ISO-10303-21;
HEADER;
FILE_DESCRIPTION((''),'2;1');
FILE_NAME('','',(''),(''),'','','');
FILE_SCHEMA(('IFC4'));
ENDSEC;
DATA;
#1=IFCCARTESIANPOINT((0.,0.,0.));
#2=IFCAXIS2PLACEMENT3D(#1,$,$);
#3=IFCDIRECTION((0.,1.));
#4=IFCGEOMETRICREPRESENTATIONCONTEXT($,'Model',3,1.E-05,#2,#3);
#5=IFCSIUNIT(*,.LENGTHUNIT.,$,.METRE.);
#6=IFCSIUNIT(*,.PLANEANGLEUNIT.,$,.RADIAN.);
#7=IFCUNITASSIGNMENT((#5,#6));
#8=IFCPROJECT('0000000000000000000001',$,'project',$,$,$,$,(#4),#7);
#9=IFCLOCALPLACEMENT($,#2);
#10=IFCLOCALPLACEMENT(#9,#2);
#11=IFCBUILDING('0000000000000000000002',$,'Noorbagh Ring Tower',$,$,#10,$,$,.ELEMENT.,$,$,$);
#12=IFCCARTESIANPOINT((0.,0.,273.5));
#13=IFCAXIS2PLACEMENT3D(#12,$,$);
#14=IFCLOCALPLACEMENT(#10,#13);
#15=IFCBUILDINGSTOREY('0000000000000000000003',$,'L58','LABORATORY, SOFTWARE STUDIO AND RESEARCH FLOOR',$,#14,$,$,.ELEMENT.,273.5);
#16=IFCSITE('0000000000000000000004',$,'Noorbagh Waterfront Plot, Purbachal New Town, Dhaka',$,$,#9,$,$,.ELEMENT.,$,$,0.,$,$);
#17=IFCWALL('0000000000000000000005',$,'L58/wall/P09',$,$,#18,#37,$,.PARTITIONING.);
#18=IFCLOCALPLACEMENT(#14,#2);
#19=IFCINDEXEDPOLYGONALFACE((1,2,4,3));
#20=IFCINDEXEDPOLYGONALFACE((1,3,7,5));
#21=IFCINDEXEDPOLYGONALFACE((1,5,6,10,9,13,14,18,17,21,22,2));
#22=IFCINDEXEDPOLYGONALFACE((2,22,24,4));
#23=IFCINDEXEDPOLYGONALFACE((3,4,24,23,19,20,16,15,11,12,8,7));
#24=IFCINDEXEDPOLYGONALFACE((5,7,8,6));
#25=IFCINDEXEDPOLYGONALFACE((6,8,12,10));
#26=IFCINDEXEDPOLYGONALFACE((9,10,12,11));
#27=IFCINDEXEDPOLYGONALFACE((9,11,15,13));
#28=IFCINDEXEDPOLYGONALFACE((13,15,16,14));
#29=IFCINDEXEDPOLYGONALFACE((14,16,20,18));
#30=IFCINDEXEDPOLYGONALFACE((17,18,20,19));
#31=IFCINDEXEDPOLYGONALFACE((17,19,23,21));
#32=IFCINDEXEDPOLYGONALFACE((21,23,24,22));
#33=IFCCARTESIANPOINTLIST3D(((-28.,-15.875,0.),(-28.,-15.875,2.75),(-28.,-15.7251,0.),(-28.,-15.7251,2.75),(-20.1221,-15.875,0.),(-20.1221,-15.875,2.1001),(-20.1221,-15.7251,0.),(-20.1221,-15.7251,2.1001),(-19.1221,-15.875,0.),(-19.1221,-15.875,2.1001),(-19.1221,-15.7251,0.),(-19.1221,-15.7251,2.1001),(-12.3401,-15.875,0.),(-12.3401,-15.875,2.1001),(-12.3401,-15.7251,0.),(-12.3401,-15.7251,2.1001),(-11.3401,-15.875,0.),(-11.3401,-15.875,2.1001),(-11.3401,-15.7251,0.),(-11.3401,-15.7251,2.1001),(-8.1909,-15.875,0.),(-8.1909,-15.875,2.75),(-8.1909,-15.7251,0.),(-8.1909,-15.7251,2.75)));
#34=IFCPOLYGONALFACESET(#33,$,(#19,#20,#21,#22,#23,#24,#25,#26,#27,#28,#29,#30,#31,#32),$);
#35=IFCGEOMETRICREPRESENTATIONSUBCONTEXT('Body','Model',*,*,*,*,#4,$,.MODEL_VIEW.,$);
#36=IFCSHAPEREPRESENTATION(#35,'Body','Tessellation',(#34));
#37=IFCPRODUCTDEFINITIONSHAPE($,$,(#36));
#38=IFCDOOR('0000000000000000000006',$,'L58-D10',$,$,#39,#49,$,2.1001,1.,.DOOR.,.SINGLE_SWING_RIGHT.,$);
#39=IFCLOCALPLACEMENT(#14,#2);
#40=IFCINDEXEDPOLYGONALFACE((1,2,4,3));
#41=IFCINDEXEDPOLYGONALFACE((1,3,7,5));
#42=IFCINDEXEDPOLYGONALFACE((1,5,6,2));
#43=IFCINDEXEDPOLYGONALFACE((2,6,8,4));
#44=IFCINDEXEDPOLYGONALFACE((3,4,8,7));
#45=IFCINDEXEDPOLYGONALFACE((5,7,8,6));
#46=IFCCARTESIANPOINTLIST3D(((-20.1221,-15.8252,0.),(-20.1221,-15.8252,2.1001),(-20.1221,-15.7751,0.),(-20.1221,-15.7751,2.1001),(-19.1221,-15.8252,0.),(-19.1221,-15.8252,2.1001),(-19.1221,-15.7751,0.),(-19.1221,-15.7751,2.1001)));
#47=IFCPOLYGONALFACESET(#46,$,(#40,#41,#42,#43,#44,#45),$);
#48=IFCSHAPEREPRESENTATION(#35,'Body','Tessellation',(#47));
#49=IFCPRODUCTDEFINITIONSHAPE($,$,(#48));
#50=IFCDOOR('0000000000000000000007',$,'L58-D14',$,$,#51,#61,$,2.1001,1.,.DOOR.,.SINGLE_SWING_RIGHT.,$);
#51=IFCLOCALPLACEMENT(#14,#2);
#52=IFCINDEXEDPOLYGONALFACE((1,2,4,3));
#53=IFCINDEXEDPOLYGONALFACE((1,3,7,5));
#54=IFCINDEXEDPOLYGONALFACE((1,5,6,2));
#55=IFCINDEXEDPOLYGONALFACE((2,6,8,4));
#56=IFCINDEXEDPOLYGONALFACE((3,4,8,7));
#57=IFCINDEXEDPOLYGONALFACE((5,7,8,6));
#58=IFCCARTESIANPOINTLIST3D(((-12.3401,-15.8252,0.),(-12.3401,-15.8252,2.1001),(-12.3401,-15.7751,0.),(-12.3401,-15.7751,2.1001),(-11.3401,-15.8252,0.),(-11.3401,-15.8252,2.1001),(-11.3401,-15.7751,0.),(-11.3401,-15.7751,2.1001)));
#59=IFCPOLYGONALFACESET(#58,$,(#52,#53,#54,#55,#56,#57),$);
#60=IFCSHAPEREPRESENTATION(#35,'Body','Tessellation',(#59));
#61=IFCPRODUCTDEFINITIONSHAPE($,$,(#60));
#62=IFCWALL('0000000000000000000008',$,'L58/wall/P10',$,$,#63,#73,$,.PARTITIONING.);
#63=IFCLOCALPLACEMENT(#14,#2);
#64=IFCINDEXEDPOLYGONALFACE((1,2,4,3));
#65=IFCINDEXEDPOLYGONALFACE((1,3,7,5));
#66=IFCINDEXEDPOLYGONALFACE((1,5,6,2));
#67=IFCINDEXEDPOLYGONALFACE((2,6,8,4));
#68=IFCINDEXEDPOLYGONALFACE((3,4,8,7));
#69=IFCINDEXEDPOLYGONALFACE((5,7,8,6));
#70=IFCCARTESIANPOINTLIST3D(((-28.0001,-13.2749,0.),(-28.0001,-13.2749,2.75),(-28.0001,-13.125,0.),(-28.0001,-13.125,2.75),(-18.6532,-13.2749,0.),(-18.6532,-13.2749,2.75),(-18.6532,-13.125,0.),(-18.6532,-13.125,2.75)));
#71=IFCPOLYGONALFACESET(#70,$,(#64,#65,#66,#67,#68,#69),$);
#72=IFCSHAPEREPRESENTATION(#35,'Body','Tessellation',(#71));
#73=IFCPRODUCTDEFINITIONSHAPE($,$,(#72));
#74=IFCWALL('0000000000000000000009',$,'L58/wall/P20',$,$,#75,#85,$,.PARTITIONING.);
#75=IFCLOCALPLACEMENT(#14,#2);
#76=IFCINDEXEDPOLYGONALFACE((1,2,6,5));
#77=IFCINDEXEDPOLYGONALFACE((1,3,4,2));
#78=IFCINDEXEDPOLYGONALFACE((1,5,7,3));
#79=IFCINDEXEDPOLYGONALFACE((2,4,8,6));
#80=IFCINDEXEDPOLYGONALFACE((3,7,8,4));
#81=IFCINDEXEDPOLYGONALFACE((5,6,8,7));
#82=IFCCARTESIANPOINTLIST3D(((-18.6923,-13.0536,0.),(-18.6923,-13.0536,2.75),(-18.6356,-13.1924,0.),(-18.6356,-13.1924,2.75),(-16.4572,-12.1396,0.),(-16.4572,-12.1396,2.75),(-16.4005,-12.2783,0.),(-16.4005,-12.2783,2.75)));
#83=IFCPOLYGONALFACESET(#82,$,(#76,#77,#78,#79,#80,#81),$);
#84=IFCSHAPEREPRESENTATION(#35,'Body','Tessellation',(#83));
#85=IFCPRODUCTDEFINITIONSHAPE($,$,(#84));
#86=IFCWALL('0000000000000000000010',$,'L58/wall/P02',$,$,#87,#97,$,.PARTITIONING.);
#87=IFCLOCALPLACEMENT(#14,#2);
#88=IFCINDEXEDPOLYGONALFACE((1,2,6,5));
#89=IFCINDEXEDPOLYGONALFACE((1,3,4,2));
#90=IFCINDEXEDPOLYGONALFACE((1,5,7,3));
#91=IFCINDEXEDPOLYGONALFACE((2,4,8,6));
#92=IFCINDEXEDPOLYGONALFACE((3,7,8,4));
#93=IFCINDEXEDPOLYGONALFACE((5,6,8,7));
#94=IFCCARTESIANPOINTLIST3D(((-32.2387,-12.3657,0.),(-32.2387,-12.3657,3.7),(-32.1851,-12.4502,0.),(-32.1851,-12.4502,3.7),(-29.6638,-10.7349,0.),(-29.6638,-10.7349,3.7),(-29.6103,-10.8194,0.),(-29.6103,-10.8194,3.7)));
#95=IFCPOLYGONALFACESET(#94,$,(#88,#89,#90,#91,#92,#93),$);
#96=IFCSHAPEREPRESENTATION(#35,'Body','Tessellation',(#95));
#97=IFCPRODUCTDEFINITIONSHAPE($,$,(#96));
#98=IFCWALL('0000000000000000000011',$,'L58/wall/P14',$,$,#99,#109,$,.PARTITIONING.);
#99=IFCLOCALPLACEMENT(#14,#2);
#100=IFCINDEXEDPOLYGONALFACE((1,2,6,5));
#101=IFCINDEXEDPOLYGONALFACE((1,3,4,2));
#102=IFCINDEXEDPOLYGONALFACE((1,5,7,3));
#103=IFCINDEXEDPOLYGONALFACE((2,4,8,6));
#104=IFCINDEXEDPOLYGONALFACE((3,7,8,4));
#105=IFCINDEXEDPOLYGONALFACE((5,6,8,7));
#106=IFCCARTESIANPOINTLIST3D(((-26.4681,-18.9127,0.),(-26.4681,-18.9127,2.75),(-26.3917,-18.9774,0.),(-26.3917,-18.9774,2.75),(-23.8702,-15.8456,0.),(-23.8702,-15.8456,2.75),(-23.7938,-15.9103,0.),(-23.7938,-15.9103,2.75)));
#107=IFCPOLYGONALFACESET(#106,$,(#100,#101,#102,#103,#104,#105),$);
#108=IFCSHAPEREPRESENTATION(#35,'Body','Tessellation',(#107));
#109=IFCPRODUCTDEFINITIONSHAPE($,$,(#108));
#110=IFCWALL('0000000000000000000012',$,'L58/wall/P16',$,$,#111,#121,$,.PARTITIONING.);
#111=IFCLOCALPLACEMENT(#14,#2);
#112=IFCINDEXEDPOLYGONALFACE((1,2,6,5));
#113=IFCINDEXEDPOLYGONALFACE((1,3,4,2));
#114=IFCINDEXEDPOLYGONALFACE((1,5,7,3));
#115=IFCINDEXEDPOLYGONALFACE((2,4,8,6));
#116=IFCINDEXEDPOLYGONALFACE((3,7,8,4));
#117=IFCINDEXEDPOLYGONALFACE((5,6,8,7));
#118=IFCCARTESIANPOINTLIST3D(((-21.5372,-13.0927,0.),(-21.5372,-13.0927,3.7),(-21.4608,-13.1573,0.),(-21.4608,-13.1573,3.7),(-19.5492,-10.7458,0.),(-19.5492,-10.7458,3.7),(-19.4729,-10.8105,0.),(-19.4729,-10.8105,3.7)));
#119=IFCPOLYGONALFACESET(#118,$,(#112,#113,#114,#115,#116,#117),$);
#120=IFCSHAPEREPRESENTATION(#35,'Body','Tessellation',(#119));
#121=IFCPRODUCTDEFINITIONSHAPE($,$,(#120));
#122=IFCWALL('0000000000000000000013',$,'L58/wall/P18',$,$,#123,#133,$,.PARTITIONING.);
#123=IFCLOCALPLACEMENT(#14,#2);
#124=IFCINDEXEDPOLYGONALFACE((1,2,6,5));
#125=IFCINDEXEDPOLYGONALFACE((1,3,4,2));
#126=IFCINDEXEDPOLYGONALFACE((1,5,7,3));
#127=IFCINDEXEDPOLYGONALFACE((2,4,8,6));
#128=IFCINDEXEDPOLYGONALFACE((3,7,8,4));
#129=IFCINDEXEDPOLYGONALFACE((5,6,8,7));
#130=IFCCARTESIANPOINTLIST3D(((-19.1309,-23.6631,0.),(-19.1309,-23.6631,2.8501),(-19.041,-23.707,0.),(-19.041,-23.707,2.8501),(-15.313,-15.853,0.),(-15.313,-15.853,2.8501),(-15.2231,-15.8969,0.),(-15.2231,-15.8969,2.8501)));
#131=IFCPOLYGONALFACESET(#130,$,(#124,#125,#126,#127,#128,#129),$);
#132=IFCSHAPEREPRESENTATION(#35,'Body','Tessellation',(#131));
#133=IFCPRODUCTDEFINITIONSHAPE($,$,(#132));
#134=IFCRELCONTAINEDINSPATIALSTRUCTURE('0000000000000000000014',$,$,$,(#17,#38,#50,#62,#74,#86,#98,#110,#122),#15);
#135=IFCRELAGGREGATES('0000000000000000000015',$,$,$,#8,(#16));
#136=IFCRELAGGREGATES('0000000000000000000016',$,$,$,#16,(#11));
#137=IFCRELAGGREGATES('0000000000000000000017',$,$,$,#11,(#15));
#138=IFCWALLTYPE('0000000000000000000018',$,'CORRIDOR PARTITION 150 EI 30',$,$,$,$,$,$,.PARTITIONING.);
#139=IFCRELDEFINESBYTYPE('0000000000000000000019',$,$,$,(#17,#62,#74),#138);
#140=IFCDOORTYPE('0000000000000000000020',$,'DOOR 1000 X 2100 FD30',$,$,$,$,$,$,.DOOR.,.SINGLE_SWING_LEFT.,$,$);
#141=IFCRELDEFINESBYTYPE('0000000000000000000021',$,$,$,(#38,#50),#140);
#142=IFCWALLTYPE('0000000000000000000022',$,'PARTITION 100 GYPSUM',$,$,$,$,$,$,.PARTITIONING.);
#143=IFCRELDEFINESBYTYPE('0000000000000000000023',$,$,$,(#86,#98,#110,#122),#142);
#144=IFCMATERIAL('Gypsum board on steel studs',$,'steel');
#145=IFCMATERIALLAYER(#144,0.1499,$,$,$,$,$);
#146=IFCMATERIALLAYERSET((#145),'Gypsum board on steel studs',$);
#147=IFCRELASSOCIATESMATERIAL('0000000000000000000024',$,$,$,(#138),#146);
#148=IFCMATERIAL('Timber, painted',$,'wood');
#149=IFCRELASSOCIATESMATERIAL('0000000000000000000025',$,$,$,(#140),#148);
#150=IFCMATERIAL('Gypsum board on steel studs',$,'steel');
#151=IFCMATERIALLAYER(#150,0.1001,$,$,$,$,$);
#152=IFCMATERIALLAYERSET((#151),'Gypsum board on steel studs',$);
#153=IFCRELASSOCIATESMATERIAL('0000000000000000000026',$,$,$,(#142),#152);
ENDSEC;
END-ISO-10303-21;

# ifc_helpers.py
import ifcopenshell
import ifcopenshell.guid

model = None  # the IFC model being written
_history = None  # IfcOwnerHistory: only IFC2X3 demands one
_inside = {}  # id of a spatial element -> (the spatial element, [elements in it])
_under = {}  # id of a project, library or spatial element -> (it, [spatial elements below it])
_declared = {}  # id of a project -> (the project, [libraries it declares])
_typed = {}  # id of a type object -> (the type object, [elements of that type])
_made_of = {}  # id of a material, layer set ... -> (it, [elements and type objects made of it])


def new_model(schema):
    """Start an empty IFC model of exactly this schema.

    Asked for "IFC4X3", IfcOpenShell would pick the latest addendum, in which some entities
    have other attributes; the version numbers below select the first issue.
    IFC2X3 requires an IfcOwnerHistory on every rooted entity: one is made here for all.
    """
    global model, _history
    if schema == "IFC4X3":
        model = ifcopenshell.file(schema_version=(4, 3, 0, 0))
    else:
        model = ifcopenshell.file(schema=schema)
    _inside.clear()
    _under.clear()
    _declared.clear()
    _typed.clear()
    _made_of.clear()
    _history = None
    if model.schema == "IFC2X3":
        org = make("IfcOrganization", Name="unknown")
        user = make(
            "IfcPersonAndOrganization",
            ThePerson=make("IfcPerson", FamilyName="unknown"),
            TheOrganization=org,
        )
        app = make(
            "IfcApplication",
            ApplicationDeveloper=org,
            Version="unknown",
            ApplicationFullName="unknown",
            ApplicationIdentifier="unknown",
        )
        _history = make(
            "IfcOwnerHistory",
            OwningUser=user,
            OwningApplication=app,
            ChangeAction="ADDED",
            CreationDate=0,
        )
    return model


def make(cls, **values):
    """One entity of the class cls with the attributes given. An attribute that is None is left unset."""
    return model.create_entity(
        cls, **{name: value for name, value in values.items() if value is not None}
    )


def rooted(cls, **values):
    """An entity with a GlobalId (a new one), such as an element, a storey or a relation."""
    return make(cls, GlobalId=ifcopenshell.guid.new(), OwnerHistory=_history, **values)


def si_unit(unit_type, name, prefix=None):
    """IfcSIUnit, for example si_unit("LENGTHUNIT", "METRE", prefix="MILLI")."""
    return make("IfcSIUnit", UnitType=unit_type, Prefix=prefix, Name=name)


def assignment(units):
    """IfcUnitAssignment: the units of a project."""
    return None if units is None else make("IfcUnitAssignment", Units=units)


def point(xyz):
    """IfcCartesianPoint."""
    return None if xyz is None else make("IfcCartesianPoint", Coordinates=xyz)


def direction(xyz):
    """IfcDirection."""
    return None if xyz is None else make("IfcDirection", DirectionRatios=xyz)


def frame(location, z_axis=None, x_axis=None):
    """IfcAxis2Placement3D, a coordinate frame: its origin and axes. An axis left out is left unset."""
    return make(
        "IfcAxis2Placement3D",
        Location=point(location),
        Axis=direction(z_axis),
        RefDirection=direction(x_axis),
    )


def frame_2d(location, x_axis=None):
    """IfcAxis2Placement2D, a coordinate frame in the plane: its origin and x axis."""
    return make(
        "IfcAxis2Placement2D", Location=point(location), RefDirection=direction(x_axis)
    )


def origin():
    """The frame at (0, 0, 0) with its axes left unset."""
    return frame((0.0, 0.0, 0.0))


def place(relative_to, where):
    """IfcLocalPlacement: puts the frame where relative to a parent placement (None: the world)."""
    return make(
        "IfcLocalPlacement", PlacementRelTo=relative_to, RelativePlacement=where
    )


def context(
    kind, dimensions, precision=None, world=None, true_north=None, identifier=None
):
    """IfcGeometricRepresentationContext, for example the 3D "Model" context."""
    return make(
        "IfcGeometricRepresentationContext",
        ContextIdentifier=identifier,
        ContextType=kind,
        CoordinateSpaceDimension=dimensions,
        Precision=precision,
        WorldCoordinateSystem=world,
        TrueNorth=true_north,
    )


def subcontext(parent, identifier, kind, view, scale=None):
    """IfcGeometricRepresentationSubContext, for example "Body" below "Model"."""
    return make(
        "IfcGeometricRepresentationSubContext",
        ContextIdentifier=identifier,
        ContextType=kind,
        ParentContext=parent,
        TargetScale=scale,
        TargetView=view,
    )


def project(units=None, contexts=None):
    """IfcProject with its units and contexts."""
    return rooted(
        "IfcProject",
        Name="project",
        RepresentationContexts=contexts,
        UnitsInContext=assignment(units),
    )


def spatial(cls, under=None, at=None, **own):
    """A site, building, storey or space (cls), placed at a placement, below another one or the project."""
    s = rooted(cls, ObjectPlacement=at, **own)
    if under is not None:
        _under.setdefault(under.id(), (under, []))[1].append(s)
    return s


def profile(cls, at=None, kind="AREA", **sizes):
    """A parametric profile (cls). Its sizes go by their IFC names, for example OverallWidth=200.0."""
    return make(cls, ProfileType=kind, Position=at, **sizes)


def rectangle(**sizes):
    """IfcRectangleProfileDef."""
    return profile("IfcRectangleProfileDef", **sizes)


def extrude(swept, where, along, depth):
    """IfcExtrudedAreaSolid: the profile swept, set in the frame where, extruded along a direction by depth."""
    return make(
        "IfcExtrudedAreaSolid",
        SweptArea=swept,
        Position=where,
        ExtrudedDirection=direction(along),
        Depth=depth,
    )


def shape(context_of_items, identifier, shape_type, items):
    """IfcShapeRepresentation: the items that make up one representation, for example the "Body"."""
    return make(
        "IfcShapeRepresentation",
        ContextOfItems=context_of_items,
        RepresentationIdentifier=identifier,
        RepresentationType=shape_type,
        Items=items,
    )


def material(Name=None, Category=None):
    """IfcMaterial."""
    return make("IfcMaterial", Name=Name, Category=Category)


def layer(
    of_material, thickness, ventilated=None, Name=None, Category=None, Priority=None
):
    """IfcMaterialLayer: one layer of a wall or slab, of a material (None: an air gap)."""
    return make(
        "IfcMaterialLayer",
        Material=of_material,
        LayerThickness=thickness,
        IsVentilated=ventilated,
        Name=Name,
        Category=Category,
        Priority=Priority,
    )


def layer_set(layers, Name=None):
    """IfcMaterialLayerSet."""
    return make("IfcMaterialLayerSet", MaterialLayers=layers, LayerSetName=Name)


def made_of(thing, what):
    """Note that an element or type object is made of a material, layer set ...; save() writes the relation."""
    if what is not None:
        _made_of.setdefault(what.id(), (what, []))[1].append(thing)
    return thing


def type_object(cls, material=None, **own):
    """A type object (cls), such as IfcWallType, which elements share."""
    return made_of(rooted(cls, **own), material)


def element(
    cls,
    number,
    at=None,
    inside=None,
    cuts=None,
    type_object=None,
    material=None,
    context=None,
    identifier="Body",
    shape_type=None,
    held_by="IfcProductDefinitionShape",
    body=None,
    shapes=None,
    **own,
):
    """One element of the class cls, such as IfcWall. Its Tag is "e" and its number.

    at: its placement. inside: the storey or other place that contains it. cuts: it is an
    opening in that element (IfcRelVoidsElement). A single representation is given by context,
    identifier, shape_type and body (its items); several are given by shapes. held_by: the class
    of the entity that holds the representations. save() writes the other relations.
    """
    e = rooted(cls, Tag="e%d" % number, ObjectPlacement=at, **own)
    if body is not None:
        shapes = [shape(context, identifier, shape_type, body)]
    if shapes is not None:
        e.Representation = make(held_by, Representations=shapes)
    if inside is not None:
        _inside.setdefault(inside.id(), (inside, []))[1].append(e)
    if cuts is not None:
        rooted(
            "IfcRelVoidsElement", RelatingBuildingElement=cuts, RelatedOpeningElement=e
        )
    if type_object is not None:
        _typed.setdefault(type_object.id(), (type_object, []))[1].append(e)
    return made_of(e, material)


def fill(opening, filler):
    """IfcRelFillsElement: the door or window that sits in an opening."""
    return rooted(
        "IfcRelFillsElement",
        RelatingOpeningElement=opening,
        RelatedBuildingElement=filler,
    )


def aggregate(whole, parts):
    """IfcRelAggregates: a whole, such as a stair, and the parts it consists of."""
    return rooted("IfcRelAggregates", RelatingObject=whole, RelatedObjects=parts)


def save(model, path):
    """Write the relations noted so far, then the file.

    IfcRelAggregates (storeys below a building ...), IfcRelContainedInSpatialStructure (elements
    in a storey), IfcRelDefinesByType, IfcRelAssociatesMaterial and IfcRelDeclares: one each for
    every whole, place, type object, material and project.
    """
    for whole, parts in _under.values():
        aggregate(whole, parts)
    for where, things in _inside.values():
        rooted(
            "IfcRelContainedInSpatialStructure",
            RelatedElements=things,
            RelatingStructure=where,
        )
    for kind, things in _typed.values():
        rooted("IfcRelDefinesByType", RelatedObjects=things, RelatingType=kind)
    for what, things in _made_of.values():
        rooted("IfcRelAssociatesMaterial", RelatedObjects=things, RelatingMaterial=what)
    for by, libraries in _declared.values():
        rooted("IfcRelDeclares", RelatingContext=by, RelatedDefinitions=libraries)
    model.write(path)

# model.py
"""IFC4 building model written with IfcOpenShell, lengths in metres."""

from ifc_helpers import new_model, si_unit, direction, frame, frame_2d, origin, place, context, subcontext, project, spatial, rectangle, extrude, material, layer, layer_set, type_object, element, fill, save


model = new_model("IFC4")

# Units and contexts
model_context = context("Model", 3, precision=1e-05, world=origin(), true_north=direction((0.0, 1.0)))
body_context = subcontext(model_context, "Body", "Model", "MODEL_VIEW")
ifc_project = project(units=[si_unit("LENGTHUNIT", "METRE"), si_unit("PLANEANGLEUNIT", "RADIAN")], contexts=[model_context])

# Site, building, storey
site_placement = place(None, origin())
site = spatial("IfcSite", under=ifc_project, at=site_placement, Name="Noorbagh Waterfront Plot, Purbachal New Town, Dhaka", CompositionType="ELEMENT", RefElevation=0.0)
building_placement = place(site_placement, origin())
building = spatial("IfcBuilding", under=site, at=building_placement, Name="Noorbagh Ring Tower", CompositionType="ELEMENT")
storey_placement = place(building_placement, frame((0.0, 0.0, 273.5)))
storey = spatial("IfcBuildingStorey", under=building, at=storey_placement, Name="L58", Description="LABORATORY, SOFTWARE STUDIO AND RESEARCH FLOOR", CompositionType="ELEMENT", Elevation=273.5)

# Shared definitions
ifc_material_1 = material(Name="Gypsum board on steel studs", Category="steel")
ifc_layer_1 = layer(ifc_material_1, 0.1499)
ifc_layer_set_1 = layer_set([ifc_layer_1], Name="Gypsum board on steel studs")
wall_type_1 = type_object("IfcWallType", Name="CORRIDOR PARTITION 150 EI 30", PredefinedType="PARTITIONING", material=ifc_layer_set_1)

# Wall, openings, doors
wall_1_placement = place(storey_placement, frame((-28.0, -15.8, 0.0), z_axis=(0.0, 0.0, 1.0), x_axis=(1.0, 0.0, 0.0)))
wall_1 = element("IfcWall", 1, at=wall_1_placement, inside=storey, type_object=wall_type_1, Name="L58/wall/P09", PredefinedType="PARTITIONING", context=body_context, shape_type="SweptSolid", body=[
    extrude(rectangle(XDim=19.8091, YDim=0.1499, at=frame_2d((9.9045, 0.0))), origin(), (0.0, 0.0, 1.0), 2.75),
])
opening_1_placement = place(wall_1_placement, frame((7.8779, 0.0, 0.0)))
opening_1 = element("IfcOpeningElement", 2, at=opening_1_placement, cuts=wall_1, PredefinedType="OPENING", context=body_context, shape_type="SweptSolid", body=[
    extrude(rectangle(XDim=1.0, YDim=2.1001, at=frame_2d((0.5, 1.05))), frame((0.0, 0.085, 0.0), z_axis=(0.0, -1.0, 0.0), x_axis=(1.0, 0.0, 0.0)), (0.0, 0.0, 1.0), 0.1699),
])
opening_2_placement = place(wall_1_placement, frame((15.6599, 0.0, 0.0)))
opening_2 = element("IfcOpeningElement", 3, at=opening_2_placement, cuts=wall_1, PredefinedType="OPENING", context=body_context, shape_type="SweptSolid", body=[
    extrude(rectangle(XDim=1.0, YDim=2.1001, at=frame_2d((0.5, 1.05))), frame((0.0, 0.085, 0.0), z_axis=(0.0, -1.0, 0.0), x_axis=(1.0, 0.0, 0.0)), (0.0, 0.0, 1.0), 0.1699),
])
ifc_material_2 = material(Name="Timber, painted", Category="wood")
door_type = type_object("IfcDoorType", Name="DOOR 1000 X 2100 FD30", OperationType="SINGLE_SWING_LEFT", PredefinedType="DOOR", material=ifc_material_2)
door_1_placement = place(opening_1_placement, origin())
door_1 = element("IfcDoor", 4, at=door_1_placement, inside=storey, type_object=door_type, Name="L58-D10", OperationType="SINGLE_SWING_RIGHT", OverallHeight=2.1001, OverallWidth=1.0, PredefinedType="DOOR", context=body_context, shape_type="SweptSolid", body=[
    extrude(rectangle(XDim=1.0, YDim=2.1001, at=frame_2d((0.5, 1.05))), frame((0.0, 0.0249, 0.0), z_axis=(0.0, -1.0, 0.0), x_axis=(1.0, 0.0, 0.0)), (0.0, 0.0, 1.0), 0.05),
])
fill(opening_1, door_1)
door_2_placement = place(opening_2_placement, origin())
door_2 = element("IfcDoor", 5, at=door_2_placement, inside=storey, type_object=door_type, Name="L58-D14", OperationType="SINGLE_SWING_RIGHT", OverallHeight=2.1001, OverallWidth=1.0, PredefinedType="DOOR", context=body_context, shape_type="SweptSolid", body=[
    extrude(rectangle(XDim=1.0, YDim=2.1001, at=frame_2d((0.5, 1.05))), frame((0.0, 0.0249, 0.0), z_axis=(0.0, -1.0, 0.0), x_axis=(1.0, 0.0, 0.0)), (0.0, 0.0, 1.0), 0.05),
])
fill(opening_2, door_2)

# Walls
wall_2_placement = place(storey_placement, frame((-28.0, -13.2, 0.0), z_axis=(0.0, 0.0, 1.0), x_axis=(1.0, 0.0, 0.0)))
element("IfcWall", 6, at=wall_2_placement, inside=storey, type_object=wall_type_1, Name="L58/wall/P10", PredefinedType="PARTITIONING", context=body_context, shape_type="SweptSolid", body=[
    extrude(rectangle(XDim=9.3469, YDim=0.1499, at=frame_2d((4.6733, 0.0))), origin(), (0.0, 0.0, 1.0), 2.75),
])
wall_3_placement = place(storey_placement, frame((-18.6641, -13.123, 0.0), z_axis=(0.0, 0.0, 1.0), x_axis=(0.92559, 0.378527, 0.0)))
element("IfcWall", 7, at=wall_3_placement, inside=storey, type_object=wall_type_1, Name="L58/wall/P20", PredefinedType="PARTITIONING", context=body_context, shape_type="SweptSolid", body=[
    extrude(rectangle(XDim=2.4148, YDim=0.1499, at=frame_2d((1.2075, 0.0))), origin(), (0.0, 0.0, 1.0), 2.75),
])
ifc_material_3 = material(Name="Gypsum board on steel studs", Category="steel")
ifc_layer_2 = layer(ifc_material_3, 0.1001)
ifc_layer_set_2 = layer_set([ifc_layer_2], Name="Gypsum board on steel studs")
wall_type_2 = type_object("IfcWallType", Name="PARTITION 100 GYPSUM", PredefinedType="PARTITIONING", material=ifc_layer_set_2)
wall_4_placement = place(storey_placement, frame((-32.2119, -12.408, 0.0), z_axis=(0.0, 0.0, 1.0), x_axis=(0.844811, 0.535065, 0.0)))
element("IfcWall", 8, at=wall_4_placement, inside=storey, type_object=wall_type_2, Name="L58/wall/P02", PredefinedType="PARTITIONING", context=body_context, shape_type="SweptSolid", body=[
    extrude(rectangle(XDim=3.0479, YDim=0.1001, at=frame_2d((1.5239, 0.0))), origin(), (0.0, 0.0, 1.0), 3.7),
])
wall_5_placement = place(storey_placement, frame((-26.4299, -18.9451, 0.0), z_axis=(0.0, 0.0, 1.0), x_axis=(0.646323, 0.763064, 0.0)))
element("IfcWall", 9, at=wall_5_placement, inside=storey, type_object=wall_type_2, Name="L58/wall/P14", PredefinedType="PARTITIONING", context=body_context, shape_type="SweptSolid", body=[
    extrude(rectangle(XDim=4.0195, YDim=0.1001, at=frame_2d((2.0098, 0.0))), origin(), (0.0, 0.0, 1.0), 2.75),
])
wall_6_placement = place(storey_placement, frame((-21.499, -13.125, 0.0), z_axis=(0.0, 0.0, 1.0), x_axis=(0.646355, 0.763037, 0.0)))
element("IfcWall", 10, at=wall_6_placement, inside=storey, type_object=wall_type_2, Name="L58/wall/P16", PredefinedType="PARTITIONING", context=body_context, shape_type="SweptSolid", body=[
    extrude(rectangle(XDim=3.0757, YDim=0.1001, at=frame_2d((1.5378, 0.0))), origin(), (0.0, 0.0, 1.0), 3.7),
])
wall_7_placement = place(storey_placement, frame((-19.0859, -23.6851, 0.0), z_axis=(0.0, 0.0, 1.0), x_axis=(0.439175, 0.898402, 0.0)))
element("IfcWall", 11, at=wall_7_placement, inside=storey, type_object=wall_type_2, Name="L58/wall/P18", PredefinedType="PARTITIONING", context=body_context, shape_type="SweptSolid", body=[
    extrude(rectangle(XDim=8.6934, YDim=0.1001, at=frame_2d((4.3467, 0.0))), origin(), (0.0, 0.0, 1.0), 2.8501),
])

save(model, "model.ifc")
